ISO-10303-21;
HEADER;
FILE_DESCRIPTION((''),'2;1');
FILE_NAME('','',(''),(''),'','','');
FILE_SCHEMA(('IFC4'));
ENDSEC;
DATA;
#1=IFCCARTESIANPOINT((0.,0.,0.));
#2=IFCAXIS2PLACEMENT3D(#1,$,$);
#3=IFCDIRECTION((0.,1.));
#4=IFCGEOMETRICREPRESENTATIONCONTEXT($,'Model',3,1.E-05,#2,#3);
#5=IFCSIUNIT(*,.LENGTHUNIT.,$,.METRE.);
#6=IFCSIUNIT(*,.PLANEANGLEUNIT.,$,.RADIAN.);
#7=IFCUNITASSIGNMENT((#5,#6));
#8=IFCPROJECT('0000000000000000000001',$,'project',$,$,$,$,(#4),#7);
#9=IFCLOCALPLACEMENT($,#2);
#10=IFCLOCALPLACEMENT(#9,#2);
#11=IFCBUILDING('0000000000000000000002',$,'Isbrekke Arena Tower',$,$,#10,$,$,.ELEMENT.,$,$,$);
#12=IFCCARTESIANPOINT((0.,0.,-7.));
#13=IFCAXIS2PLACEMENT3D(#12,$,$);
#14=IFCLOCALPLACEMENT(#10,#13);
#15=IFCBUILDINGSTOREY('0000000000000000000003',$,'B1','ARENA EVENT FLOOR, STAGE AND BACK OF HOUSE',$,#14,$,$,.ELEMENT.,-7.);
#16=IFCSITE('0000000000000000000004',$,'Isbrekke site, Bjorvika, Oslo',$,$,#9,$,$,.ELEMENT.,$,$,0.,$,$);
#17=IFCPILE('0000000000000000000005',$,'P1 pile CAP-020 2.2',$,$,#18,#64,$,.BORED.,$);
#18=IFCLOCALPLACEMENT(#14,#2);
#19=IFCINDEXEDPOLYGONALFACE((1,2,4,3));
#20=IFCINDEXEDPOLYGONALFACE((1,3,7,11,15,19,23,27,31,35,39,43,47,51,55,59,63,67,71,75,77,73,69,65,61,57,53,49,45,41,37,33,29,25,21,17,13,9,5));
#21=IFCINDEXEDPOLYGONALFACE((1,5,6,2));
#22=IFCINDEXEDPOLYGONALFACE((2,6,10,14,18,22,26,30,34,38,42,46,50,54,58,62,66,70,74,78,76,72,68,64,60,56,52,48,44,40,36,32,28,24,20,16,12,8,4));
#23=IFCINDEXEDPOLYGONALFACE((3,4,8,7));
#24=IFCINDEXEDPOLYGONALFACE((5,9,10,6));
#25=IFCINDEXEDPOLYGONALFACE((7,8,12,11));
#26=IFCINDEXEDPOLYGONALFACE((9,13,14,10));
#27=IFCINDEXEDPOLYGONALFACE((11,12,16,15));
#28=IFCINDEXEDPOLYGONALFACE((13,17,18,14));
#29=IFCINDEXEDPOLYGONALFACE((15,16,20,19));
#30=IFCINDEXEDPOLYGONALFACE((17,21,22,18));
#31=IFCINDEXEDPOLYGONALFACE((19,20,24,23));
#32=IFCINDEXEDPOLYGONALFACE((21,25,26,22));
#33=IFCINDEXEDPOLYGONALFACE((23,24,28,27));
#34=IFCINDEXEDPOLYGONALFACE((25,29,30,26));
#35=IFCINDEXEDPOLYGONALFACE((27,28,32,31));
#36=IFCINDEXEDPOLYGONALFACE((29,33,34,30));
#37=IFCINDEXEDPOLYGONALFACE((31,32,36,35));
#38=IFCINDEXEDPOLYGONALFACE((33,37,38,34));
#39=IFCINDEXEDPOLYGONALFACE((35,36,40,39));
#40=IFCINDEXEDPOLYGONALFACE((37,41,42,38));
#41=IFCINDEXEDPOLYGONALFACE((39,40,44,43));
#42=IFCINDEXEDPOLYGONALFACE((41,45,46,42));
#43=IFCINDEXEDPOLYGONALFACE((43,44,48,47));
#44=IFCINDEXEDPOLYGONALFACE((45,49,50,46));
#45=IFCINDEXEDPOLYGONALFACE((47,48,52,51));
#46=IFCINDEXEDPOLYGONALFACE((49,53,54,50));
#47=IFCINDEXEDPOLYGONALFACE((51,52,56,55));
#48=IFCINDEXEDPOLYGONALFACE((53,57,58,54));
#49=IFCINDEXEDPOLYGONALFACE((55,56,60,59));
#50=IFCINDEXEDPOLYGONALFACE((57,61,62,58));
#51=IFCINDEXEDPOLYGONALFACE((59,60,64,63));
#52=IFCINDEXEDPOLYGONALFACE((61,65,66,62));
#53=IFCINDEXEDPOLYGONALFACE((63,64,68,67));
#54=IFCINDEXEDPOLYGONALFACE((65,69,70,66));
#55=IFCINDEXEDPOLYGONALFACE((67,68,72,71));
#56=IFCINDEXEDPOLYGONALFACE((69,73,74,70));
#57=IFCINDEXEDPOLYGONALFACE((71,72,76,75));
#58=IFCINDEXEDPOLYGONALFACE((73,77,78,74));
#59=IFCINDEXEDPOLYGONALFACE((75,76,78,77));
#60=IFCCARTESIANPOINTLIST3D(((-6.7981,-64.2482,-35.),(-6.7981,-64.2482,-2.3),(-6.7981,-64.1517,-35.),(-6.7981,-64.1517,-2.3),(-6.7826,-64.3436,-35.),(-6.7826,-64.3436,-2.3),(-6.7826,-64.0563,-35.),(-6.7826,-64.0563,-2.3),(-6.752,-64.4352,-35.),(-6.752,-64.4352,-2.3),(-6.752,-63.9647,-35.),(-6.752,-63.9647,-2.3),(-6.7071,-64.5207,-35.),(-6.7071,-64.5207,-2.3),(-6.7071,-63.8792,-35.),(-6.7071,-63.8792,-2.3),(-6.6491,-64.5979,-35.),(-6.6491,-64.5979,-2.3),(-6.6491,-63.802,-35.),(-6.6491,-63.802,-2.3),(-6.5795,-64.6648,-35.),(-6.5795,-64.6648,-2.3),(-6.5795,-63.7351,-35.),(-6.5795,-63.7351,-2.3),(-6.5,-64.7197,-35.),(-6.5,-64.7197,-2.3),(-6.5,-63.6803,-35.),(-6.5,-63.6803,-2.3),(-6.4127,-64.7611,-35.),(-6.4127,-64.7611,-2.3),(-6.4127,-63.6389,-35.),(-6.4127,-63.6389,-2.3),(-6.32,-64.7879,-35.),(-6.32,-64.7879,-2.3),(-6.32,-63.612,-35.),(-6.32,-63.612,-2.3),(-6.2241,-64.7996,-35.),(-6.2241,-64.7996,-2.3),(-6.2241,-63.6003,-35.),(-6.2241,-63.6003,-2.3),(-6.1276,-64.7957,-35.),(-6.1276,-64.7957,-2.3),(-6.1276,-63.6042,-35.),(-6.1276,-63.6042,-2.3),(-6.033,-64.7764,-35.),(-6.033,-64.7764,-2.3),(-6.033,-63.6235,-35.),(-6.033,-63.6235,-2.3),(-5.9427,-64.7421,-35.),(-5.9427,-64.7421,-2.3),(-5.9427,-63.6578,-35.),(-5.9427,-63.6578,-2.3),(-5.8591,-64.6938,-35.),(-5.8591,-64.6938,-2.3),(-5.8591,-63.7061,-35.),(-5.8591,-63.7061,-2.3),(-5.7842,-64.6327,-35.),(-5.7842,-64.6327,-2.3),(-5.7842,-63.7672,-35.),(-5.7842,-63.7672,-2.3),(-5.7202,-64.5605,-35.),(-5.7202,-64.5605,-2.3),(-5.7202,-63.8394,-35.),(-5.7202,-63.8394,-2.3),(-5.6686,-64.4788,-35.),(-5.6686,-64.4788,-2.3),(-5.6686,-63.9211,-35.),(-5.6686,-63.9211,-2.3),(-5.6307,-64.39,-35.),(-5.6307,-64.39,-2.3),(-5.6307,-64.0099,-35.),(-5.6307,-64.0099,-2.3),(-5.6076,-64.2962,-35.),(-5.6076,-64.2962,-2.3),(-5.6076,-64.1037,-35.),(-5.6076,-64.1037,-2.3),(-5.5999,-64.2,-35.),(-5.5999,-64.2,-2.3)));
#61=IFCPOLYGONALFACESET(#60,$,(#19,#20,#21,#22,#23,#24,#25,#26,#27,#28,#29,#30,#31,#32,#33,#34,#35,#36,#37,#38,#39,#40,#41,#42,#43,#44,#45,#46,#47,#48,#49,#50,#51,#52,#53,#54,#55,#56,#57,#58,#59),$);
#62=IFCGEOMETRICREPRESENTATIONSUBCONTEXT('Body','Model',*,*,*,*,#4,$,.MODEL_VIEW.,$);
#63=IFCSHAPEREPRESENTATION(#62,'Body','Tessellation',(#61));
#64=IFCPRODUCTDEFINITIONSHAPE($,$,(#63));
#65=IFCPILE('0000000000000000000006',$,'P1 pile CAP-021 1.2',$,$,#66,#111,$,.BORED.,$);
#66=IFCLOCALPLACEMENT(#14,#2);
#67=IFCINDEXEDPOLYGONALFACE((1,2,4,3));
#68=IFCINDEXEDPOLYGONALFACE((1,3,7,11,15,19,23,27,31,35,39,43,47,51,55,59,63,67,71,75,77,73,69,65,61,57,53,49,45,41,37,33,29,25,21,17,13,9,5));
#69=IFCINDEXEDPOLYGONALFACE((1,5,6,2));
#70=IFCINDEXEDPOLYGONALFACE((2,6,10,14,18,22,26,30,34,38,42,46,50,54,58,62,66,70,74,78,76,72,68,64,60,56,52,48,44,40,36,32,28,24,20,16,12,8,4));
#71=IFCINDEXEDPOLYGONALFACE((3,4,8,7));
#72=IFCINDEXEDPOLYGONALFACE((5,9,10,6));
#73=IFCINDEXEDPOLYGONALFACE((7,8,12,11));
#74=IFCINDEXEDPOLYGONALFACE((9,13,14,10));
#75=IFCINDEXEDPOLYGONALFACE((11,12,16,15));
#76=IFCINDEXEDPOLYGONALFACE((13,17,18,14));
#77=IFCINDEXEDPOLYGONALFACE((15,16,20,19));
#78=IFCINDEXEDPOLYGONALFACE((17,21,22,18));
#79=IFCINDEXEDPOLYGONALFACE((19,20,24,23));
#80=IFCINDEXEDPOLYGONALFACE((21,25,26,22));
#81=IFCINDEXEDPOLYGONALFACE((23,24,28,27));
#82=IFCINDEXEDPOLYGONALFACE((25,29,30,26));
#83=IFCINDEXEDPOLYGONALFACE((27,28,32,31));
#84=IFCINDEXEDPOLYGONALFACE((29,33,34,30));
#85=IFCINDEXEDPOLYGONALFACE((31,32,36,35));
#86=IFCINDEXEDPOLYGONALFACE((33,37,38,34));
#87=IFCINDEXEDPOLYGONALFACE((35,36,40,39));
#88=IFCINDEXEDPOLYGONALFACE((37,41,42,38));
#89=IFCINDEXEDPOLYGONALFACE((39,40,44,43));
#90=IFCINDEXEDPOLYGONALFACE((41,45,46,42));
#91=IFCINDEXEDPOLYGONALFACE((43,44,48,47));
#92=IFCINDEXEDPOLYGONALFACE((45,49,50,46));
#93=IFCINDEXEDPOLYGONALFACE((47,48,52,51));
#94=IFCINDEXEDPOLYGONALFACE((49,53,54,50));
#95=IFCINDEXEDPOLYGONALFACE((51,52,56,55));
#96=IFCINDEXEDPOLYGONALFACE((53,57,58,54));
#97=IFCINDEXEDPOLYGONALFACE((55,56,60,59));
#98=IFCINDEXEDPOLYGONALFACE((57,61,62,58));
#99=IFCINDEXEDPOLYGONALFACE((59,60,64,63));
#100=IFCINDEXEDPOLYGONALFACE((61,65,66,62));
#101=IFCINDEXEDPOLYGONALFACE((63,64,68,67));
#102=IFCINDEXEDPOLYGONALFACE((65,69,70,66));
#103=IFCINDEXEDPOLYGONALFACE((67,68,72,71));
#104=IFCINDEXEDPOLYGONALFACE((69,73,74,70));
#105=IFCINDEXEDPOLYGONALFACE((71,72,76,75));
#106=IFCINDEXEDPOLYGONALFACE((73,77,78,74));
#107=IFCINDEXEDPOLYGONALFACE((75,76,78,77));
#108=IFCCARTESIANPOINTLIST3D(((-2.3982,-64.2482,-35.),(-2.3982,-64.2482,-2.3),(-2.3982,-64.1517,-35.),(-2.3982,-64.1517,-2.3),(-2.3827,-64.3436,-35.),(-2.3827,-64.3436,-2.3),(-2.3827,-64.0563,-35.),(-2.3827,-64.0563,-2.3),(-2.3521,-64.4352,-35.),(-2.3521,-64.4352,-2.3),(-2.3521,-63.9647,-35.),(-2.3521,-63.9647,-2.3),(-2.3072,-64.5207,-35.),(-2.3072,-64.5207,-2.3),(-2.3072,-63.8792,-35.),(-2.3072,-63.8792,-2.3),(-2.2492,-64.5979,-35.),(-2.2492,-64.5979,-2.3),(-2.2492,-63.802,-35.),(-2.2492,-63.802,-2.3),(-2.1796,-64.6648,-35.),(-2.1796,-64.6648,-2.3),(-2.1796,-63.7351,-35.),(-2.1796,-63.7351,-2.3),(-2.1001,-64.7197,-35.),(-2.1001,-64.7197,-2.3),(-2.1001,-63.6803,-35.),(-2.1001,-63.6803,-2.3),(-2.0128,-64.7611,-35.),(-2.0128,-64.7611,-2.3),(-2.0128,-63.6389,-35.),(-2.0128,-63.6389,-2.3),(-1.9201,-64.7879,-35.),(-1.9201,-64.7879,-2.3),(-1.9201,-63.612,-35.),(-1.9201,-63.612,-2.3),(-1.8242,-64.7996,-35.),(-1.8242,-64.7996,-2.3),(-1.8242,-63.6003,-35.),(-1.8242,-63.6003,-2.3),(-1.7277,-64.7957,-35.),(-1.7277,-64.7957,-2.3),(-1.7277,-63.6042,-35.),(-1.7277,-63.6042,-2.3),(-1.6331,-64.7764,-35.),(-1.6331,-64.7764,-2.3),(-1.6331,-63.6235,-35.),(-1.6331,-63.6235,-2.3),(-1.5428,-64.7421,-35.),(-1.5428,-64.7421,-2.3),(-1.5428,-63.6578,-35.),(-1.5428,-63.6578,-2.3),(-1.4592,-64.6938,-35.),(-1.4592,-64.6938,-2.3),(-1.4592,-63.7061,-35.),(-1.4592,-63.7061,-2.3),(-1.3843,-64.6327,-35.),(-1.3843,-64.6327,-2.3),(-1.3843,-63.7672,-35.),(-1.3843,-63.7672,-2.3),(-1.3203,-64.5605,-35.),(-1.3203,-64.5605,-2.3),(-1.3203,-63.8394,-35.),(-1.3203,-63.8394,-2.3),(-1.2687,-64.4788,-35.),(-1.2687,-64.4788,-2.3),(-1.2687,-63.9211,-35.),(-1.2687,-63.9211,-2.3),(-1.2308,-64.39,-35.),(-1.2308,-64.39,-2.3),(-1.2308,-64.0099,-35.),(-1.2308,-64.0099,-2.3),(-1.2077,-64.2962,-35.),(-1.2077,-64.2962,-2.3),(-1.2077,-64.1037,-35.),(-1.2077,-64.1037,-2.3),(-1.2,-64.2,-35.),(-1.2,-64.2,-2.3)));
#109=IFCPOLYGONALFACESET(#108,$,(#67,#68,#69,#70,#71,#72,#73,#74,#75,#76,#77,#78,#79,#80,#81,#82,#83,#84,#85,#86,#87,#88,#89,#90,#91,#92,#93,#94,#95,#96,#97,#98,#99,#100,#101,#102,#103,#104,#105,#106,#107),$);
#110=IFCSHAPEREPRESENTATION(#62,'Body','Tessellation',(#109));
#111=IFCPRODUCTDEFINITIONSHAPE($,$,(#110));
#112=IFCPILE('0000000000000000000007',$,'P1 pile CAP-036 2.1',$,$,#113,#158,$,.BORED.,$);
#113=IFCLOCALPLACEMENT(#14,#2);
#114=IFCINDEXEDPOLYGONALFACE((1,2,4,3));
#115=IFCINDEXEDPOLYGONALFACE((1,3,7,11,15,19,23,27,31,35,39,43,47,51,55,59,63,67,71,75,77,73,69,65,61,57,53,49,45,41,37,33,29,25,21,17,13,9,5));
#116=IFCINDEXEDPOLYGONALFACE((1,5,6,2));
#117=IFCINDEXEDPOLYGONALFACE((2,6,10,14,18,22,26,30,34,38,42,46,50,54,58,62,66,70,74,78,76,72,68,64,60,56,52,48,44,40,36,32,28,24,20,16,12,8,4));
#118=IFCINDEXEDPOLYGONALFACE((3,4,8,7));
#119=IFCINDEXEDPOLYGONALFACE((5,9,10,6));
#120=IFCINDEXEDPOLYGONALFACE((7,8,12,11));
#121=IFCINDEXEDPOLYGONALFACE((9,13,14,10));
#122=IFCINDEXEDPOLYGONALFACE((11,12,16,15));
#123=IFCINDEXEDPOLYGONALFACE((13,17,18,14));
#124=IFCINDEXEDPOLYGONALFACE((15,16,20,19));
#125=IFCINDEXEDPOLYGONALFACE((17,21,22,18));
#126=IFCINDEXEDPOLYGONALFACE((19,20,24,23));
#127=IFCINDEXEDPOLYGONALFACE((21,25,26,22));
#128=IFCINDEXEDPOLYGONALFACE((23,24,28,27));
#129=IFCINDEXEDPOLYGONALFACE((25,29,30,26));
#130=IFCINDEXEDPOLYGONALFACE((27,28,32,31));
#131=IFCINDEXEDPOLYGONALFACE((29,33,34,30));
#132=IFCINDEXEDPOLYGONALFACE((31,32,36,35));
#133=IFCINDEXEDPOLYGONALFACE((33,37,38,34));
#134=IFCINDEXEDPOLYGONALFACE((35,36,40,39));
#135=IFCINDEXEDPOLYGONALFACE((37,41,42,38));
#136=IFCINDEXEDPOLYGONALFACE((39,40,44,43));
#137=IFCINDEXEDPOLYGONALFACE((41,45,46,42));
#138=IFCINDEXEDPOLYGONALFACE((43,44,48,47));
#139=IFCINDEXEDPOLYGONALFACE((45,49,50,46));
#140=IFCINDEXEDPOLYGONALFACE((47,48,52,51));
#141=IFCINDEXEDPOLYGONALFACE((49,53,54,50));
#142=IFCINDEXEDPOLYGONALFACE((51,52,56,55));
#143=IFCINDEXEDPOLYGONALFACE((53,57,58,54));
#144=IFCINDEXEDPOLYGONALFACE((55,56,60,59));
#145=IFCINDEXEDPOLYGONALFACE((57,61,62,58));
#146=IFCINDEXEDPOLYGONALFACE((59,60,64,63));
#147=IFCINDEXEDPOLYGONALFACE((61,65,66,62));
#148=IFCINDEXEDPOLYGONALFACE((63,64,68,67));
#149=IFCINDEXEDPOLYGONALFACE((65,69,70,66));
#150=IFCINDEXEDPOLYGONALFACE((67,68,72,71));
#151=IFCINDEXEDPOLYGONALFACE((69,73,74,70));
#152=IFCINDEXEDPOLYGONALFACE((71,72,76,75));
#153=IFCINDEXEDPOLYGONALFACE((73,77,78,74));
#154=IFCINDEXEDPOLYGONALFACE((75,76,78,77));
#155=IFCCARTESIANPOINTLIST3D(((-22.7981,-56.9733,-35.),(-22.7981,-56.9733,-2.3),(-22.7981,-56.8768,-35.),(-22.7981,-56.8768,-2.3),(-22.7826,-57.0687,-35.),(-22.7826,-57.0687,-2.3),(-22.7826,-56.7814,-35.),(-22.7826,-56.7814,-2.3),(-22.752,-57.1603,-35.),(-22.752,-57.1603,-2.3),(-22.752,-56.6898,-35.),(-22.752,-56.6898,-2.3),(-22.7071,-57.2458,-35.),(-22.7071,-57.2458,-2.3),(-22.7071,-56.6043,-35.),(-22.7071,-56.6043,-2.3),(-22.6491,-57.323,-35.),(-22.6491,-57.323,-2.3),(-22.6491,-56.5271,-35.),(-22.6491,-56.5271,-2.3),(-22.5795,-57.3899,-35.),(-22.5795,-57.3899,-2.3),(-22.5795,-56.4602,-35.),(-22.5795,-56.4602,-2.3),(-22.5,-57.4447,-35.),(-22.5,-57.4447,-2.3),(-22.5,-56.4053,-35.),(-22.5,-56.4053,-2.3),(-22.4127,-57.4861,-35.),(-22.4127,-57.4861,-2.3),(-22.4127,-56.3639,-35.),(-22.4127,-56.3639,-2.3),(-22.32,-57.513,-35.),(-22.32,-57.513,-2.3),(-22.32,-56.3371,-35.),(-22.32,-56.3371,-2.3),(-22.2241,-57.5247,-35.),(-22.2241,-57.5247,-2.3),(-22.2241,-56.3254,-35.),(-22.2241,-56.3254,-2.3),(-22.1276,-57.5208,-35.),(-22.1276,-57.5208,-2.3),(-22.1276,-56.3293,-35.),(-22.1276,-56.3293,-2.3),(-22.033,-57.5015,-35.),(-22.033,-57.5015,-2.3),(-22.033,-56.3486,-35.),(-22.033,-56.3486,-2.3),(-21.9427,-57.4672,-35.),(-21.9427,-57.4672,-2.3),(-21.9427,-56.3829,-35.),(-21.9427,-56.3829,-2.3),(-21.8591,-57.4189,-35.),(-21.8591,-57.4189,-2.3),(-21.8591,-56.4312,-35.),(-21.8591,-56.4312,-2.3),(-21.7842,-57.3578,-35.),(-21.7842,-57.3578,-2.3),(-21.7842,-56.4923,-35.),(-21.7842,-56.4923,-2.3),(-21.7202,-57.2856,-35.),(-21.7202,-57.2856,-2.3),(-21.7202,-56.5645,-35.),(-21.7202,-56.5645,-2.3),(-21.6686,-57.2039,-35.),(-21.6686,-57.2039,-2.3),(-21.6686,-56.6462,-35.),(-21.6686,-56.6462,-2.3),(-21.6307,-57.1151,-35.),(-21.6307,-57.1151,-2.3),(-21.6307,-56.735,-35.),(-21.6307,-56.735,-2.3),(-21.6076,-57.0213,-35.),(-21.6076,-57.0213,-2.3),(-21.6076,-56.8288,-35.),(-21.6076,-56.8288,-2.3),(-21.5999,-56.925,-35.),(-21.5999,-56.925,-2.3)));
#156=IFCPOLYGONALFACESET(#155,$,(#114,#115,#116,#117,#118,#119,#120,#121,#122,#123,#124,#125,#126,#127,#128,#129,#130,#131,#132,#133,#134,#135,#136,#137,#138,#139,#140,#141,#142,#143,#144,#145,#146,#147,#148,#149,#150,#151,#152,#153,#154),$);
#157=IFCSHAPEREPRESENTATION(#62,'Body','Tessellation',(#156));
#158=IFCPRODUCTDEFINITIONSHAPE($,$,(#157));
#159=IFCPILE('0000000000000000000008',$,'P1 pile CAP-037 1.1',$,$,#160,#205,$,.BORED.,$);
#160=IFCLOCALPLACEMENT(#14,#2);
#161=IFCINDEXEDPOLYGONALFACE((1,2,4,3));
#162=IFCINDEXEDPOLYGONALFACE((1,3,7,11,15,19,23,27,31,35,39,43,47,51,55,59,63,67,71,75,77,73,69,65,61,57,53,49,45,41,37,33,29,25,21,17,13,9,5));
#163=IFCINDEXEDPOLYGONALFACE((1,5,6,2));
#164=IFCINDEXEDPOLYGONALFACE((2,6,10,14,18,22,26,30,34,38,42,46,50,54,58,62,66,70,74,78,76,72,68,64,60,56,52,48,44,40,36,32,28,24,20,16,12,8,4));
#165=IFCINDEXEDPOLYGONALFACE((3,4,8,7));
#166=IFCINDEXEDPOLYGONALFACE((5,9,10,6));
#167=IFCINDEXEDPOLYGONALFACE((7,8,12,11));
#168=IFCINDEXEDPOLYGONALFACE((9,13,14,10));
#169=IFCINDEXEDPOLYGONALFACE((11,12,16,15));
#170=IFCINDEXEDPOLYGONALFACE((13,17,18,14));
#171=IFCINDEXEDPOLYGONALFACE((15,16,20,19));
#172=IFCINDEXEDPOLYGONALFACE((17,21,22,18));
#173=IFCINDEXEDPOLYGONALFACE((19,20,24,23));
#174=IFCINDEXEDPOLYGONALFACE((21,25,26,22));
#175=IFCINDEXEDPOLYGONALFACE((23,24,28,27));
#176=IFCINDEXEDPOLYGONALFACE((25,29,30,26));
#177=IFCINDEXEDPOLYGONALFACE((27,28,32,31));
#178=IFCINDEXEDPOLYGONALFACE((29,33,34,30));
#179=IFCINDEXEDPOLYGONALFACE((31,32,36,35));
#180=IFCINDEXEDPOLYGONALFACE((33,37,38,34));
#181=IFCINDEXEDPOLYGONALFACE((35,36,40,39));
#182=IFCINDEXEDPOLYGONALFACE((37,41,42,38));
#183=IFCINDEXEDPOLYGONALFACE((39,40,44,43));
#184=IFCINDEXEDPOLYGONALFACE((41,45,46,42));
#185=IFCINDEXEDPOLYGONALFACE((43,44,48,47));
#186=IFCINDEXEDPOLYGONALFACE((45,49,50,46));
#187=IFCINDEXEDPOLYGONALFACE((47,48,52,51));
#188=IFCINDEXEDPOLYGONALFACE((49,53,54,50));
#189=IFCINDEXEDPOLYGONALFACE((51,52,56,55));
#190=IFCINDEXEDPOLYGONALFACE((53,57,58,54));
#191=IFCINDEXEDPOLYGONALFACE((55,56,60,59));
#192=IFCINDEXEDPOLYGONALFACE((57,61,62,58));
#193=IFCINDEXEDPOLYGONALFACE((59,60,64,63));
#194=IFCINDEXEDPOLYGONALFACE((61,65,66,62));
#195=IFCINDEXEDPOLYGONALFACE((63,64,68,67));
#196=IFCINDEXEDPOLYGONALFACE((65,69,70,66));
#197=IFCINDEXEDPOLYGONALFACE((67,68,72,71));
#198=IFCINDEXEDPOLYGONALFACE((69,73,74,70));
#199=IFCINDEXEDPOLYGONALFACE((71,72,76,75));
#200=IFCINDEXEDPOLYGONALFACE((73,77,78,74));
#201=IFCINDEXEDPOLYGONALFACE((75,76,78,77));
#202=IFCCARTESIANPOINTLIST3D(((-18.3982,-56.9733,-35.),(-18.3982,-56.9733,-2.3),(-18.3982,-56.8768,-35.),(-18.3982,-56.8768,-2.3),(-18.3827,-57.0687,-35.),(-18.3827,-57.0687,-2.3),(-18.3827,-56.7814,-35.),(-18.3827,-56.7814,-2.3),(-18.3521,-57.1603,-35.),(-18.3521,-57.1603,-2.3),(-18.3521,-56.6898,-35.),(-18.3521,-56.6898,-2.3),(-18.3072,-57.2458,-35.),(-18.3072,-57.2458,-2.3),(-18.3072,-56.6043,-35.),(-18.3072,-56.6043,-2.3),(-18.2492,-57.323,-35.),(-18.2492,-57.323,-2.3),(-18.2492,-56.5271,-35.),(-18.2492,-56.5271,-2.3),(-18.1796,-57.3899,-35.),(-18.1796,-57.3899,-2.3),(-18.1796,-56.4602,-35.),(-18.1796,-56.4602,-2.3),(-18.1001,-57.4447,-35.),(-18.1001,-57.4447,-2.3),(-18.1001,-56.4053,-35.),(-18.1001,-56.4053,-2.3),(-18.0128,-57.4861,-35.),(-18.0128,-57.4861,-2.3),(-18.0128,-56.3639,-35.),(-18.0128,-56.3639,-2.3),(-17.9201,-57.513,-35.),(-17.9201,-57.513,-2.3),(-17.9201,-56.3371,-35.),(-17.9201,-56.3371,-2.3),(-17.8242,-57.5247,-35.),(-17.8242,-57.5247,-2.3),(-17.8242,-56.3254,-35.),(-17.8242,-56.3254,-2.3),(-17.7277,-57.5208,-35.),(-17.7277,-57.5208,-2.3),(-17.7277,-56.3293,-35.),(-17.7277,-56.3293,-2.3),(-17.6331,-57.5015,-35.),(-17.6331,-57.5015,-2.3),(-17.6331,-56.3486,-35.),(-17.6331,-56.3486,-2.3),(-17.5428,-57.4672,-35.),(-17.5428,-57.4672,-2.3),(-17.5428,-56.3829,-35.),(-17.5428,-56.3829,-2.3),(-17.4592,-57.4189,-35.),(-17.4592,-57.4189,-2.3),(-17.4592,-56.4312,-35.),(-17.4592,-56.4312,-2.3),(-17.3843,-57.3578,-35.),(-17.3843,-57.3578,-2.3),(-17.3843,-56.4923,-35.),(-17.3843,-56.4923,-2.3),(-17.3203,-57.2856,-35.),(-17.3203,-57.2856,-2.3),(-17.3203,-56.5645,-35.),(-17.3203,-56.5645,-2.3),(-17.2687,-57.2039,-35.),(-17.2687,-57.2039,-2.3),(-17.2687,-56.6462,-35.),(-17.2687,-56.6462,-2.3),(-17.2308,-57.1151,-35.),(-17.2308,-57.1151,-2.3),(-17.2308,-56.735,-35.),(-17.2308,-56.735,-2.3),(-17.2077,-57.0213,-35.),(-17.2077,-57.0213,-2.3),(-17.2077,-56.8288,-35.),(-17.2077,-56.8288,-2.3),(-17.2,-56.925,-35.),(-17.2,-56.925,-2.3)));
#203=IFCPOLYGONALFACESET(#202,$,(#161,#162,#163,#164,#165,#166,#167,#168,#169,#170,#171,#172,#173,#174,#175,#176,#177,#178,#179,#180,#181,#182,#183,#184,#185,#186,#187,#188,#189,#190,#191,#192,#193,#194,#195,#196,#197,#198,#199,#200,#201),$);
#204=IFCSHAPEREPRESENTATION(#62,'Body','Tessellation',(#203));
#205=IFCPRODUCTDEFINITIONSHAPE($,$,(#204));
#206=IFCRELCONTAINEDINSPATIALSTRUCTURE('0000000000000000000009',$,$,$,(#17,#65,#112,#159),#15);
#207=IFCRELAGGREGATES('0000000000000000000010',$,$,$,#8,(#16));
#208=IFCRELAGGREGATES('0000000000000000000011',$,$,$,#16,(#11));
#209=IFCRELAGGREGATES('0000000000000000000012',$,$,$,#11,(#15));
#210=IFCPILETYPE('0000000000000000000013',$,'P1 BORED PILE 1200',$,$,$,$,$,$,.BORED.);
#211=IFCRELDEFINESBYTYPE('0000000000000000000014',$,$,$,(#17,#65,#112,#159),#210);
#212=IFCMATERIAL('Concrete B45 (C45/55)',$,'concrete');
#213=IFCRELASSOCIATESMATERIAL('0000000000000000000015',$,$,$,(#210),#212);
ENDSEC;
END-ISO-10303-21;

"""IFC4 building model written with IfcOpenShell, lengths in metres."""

from ifc_helpers import new_model, si_unit, direction, frame, origin, origin_2d, place, context, subcontext, project, spatial, circle, extrude, material, material_profile, profile_set, type_object, element, save


model = new_model("IFC4")

# Units and contexts
model_context = context("Model", 3, precision=1e-05, world=origin(), true_north=direction((0.0, 1.0)))
body_context = subcontext(model_context, "Body", "Model", "MODEL_VIEW")
ifc_project = project(units=[si_unit("LENGTHUNIT", "METRE"), si_unit("PLANEANGLEUNIT", "RADIAN")], contexts=[model_context])

# Site, building, storey
site_placement = place(None, origin())
site = spatial("IfcSite", under=ifc_project, at=site_placement, Name="Isbrekke site, Bjorvika, Oslo", CompositionType="ELEMENT", RefElevation=0.0)
building_placement = place(site_placement, origin())
building = spatial("IfcBuilding", under=site, at=building_placement, Name="Isbrekke Arena Tower", CompositionType="ELEMENT")
storey_placement = place(building_placement, frame((0.0, 0.0, -7.0)))
storey = spatial("IfcBuildingStorey", under=building, at=storey_placement, Name="B1", Description="ARENA EVENT FLOOR, STAGE AND BACK OF HOUSE", CompositionType="ELEMENT", Elevation=-7.0)

# Piles
ifc_material_1 = material(Name="Concrete B45 (C45/55)", Category="concrete")
ifc_material_profile_1 = material_profile(ifc_material_1, circle(Radius=0.6001, at=origin_2d()), Name="BORED PILE D1200")
ifc_profile_set_1 = profile_set([ifc_material_profile_1], Name="Concrete B45 (C45/55)")
pile_type = type_object("IfcPileType", Name="P1 BORED PILE 1200", PredefinedType="BORED", material=ifc_profile_set_1)
for number, where, z_axis, x_axis, name in (
    (1, (-6.2, -64.2, -2.3), (0.0, 0.0, -1.0), (1.0, 0.0, 0.0), "P1 pile CAP-020 2.2"),
    (2, (-1.8, -64.2, -2.3), (0.0, 0.0, -1.0), (1.0, 0.0, 0.0), "P1 pile CAP-021 1.2"),
    (3, (-22.2, -56.925, -2.3), (0.0, 0.0, -1.0), (1.0, 0.0, 0.0), "P1 pile CAP-036 2.1"),
    (4, (-17.8, -56.925, -2.3), (0.0, 0.0, -1.0), (1.0, 0.0, 0.0), "P1 pile CAP-037 1.1"),
):
    element("IfcPile", number, at=place(storey_placement, frame(where, z_axis=z_axis, x_axis=x_axis)), inside=storey, type_object=pile_type, Name=name, PredefinedType="BORED", context=body_context, shape_type="SweptSolid", body=[
        extrude(circle(Radius=0.6001, at=origin_2d()), origin(), (0.0, 0.0, 1.0), 32.7),
    ])

save(model, "model.ifc")
